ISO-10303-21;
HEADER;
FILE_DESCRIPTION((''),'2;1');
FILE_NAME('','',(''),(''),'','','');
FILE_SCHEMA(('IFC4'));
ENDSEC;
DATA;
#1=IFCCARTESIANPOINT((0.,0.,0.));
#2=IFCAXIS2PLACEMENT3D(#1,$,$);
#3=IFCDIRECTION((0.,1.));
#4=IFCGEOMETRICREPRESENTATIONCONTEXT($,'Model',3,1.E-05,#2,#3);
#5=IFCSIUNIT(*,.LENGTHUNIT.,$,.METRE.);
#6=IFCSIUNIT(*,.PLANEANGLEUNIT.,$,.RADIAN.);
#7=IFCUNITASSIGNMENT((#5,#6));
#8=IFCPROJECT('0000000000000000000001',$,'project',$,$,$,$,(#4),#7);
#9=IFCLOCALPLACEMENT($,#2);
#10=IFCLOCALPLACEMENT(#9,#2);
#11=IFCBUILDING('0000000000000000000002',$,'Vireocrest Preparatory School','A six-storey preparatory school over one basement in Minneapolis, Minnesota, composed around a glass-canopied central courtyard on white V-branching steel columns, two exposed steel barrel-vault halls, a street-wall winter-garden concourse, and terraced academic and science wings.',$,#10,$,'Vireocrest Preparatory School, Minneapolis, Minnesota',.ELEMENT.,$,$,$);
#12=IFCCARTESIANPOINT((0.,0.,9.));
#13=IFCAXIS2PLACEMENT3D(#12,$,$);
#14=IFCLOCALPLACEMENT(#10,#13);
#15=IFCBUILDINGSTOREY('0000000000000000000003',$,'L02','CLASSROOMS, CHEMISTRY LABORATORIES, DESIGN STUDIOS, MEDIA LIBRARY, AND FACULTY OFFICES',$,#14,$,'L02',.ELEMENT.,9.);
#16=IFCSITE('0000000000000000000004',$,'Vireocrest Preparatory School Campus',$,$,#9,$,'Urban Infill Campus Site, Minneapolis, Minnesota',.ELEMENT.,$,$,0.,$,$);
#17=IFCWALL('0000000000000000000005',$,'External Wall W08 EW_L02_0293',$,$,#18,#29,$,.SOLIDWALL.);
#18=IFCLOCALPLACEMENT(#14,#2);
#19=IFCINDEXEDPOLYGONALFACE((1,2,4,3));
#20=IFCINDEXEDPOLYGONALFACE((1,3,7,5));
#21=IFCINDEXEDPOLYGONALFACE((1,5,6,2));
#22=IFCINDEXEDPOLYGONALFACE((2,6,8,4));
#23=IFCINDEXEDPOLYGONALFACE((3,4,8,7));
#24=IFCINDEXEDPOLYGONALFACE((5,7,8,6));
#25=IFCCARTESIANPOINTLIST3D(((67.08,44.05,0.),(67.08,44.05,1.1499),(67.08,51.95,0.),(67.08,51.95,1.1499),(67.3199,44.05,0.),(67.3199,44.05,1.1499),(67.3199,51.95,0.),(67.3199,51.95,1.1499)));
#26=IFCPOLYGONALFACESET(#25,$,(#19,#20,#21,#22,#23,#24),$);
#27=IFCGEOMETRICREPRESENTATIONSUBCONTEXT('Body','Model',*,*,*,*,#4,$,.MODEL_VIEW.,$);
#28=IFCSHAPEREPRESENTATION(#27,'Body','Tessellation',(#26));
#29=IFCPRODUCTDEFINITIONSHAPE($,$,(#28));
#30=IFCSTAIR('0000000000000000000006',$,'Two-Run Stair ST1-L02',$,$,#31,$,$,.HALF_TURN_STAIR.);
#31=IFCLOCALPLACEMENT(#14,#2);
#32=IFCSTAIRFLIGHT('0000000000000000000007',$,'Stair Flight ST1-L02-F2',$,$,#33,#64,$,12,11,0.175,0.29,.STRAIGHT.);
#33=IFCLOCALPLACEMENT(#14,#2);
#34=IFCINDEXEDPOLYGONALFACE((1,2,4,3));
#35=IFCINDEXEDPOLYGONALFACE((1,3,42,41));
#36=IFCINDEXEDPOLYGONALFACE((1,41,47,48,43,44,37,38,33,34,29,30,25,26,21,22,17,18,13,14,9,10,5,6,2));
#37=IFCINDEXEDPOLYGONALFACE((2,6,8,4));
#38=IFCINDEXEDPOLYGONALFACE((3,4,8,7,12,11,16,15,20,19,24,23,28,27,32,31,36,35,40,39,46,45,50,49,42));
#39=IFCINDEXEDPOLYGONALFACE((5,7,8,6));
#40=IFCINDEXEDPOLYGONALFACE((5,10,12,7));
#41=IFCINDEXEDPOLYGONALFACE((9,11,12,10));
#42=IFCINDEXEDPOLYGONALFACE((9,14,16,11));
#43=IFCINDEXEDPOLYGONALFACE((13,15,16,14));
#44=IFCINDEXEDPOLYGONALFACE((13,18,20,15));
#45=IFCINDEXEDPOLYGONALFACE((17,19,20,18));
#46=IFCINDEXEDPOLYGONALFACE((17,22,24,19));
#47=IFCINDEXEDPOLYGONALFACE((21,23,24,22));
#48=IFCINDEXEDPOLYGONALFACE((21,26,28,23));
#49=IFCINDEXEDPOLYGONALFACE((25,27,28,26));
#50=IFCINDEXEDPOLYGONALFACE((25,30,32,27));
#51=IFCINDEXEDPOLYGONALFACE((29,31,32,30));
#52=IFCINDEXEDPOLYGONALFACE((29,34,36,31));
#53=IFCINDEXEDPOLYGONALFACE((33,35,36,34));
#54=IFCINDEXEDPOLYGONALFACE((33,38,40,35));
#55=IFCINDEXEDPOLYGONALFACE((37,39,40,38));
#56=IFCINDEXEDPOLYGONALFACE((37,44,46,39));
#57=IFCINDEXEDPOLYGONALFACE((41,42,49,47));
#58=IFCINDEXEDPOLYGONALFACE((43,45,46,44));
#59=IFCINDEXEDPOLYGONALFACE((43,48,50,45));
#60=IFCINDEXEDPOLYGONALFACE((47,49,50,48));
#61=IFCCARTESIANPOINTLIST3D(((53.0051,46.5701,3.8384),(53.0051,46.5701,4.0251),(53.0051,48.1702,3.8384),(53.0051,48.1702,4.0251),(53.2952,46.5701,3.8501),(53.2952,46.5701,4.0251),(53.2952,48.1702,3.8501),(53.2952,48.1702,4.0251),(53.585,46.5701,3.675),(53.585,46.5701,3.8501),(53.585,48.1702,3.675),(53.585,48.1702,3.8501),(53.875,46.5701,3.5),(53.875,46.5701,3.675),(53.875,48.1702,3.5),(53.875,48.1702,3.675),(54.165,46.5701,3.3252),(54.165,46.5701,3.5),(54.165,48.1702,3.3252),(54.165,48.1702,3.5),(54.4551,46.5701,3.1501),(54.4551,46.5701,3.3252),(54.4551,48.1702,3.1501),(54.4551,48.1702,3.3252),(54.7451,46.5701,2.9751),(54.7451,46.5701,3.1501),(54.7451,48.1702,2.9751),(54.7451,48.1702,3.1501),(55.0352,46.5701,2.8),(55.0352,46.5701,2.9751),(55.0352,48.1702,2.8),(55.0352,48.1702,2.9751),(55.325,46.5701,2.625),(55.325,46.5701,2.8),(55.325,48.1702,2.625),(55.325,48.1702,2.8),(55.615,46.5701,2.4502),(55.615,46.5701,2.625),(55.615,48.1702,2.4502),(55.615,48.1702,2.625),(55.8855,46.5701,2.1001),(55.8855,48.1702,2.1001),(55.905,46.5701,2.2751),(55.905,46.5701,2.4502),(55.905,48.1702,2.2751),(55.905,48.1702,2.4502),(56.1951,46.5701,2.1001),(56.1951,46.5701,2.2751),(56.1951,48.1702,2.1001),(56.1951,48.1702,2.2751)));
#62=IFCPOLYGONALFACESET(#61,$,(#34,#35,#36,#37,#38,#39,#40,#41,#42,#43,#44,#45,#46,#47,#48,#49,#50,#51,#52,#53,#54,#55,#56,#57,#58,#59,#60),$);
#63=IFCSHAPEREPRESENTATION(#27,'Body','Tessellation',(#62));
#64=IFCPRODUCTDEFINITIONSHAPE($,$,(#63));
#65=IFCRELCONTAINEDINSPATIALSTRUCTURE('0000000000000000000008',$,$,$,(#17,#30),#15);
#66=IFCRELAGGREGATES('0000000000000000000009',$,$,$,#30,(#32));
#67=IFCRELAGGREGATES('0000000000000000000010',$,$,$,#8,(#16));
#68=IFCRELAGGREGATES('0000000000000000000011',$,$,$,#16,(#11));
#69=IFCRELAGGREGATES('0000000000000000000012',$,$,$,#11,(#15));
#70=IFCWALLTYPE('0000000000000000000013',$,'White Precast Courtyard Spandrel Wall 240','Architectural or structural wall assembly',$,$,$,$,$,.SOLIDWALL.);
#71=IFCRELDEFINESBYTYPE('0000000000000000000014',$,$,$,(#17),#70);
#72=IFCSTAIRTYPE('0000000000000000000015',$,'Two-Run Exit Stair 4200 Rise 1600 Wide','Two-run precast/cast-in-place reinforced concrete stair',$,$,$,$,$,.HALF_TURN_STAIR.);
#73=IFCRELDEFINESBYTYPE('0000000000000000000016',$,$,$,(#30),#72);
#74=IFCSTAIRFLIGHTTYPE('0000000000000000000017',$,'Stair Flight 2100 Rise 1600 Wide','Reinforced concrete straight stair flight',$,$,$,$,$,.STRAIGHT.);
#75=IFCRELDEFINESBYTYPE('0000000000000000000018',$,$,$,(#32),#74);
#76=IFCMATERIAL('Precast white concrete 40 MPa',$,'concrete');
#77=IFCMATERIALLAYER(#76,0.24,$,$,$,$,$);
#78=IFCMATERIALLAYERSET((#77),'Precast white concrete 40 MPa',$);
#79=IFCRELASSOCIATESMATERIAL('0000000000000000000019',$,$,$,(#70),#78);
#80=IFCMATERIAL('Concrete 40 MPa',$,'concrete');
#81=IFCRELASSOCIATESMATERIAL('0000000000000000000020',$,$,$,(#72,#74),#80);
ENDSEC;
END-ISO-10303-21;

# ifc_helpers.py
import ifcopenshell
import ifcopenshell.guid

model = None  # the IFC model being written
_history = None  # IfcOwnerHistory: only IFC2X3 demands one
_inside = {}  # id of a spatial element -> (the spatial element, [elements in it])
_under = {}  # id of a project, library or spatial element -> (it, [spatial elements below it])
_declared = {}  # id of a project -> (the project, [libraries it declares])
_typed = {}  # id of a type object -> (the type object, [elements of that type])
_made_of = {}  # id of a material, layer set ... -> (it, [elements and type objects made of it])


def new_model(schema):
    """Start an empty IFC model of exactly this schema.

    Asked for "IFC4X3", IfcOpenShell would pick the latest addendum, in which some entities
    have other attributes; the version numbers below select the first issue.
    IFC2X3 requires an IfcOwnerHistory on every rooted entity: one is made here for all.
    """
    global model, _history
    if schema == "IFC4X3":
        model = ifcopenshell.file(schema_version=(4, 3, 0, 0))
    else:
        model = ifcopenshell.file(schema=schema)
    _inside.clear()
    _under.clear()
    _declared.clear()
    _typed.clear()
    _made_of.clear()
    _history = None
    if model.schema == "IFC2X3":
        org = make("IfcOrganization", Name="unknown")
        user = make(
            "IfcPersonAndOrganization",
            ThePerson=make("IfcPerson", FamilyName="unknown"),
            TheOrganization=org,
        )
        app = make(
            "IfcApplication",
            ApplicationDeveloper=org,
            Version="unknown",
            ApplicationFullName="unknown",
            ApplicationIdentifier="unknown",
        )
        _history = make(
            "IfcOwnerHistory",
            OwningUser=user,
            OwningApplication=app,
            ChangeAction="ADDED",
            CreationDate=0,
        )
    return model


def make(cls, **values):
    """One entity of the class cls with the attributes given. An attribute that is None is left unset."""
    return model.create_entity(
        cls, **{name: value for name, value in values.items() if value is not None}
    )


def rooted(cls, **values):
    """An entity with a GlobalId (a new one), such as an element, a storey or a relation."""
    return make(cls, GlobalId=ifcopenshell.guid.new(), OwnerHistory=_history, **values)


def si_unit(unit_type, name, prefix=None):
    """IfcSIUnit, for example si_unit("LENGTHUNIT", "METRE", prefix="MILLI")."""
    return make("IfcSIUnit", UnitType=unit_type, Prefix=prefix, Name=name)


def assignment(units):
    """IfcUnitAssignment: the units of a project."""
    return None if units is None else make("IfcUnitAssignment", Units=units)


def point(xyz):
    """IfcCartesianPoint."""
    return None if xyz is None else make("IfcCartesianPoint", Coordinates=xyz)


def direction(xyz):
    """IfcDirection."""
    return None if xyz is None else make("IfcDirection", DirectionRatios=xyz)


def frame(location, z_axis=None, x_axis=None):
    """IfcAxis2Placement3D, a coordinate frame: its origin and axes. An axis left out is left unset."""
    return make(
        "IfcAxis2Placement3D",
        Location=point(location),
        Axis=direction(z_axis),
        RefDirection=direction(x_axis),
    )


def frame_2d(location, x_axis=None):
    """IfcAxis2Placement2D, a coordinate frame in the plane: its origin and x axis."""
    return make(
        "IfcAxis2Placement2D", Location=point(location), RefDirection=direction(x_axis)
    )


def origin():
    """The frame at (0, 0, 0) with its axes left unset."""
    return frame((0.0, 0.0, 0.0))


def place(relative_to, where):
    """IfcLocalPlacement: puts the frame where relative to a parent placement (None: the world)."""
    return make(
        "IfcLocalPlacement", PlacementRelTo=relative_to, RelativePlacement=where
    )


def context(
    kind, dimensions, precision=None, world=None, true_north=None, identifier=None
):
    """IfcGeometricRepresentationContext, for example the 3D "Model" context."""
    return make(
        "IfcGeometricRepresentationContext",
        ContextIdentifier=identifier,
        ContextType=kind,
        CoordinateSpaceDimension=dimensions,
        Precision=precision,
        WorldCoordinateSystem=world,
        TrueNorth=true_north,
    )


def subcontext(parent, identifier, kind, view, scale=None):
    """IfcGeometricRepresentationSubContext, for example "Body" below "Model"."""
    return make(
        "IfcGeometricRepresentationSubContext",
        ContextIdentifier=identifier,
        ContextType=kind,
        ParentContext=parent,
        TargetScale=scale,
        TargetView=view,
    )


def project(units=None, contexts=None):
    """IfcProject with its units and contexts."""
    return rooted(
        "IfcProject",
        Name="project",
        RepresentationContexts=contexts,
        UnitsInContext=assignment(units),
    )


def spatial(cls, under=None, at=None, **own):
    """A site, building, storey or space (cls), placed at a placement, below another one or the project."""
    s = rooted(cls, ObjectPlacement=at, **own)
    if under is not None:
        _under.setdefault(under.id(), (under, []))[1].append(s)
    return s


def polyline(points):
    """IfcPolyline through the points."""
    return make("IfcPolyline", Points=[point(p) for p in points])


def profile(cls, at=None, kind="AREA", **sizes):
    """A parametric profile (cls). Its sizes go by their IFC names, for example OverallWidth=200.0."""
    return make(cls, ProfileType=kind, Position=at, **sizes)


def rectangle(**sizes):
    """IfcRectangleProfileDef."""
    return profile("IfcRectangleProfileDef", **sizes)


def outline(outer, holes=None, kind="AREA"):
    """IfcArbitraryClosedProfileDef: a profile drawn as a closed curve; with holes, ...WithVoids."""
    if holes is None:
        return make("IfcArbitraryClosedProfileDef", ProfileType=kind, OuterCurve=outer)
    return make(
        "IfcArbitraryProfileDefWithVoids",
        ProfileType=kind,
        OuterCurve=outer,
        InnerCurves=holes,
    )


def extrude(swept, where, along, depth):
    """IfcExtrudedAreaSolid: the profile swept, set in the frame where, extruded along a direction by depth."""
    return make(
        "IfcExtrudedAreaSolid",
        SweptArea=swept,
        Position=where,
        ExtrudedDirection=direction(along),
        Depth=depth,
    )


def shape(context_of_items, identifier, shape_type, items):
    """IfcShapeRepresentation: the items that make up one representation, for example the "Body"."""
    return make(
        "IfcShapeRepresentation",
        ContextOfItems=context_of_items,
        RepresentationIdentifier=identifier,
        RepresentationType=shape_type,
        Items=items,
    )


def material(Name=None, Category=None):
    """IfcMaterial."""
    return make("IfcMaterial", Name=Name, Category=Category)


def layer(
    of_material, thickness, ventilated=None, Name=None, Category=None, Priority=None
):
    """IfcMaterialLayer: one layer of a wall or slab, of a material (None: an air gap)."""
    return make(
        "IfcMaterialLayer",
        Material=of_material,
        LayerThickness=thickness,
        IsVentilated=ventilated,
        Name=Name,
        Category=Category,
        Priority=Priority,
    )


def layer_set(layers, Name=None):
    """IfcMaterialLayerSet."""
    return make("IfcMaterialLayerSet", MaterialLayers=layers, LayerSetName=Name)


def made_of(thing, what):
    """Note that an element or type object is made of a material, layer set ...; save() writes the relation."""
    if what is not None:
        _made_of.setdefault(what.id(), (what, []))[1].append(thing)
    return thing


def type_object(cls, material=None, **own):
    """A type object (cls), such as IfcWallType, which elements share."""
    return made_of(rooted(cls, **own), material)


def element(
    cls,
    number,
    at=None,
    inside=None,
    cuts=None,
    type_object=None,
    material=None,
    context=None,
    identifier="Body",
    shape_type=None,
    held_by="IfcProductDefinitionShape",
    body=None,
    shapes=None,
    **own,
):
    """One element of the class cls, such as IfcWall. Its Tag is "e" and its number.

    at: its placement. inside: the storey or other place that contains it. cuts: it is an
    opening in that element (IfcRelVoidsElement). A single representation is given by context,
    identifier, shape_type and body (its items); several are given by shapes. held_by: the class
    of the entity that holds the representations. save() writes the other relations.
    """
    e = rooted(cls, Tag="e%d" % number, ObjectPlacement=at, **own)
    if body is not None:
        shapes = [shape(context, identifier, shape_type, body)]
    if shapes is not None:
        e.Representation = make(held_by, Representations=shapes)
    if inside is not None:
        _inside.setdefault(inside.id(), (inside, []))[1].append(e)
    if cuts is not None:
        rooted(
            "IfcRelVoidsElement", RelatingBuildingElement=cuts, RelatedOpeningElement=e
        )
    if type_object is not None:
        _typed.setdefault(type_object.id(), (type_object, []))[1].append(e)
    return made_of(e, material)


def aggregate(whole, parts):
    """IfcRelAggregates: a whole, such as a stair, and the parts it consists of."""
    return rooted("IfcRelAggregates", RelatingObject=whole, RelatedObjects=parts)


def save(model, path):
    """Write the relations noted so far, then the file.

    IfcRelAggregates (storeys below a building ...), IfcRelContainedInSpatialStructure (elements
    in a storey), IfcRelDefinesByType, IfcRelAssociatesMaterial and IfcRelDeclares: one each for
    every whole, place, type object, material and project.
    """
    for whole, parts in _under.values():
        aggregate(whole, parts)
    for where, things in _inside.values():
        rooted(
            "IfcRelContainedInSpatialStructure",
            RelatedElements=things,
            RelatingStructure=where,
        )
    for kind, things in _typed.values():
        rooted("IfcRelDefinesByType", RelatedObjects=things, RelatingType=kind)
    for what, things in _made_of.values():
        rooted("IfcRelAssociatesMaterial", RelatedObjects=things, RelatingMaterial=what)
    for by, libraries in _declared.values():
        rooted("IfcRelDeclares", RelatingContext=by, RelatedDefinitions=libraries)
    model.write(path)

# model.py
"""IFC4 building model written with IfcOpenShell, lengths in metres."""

from ifc_helpers import new_model, si_unit, direction, frame, frame_2d, origin, place, context, subcontext, project, spatial, polyline, rectangle, outline, extrude, material, layer, layer_set, type_object, element, aggregate, save


model = new_model("IFC4")

# Units and contexts
model_context = context("Model", 3, precision=1e-05, world=origin(), true_north=direction((0.0, 1.0)))
body_context = subcontext(model_context, "Body", "Model", "MODEL_VIEW")
ifc_project = project(units=[si_unit("LENGTHUNIT", "METRE"), si_unit("PLANEANGLEUNIT", "RADIAN")], contexts=[model_context])

# Site, building, storey
site_placement = place(None, origin())
site = spatial("IfcSite", under=ifc_project, at=site_placement, Name="Vireocrest Preparatory School Campus", LongName="Urban Infill Campus Site, Minneapolis, Minnesota", CompositionType="ELEMENT", RefElevation=0.0)
building_placement = place(site_placement, origin())
building = spatial("IfcBuilding", under=site, at=building_placement, Name="Vireocrest Preparatory School", Description="A six-storey preparatory school over one basement in Minneapolis, Minnesota, composed around a glass-canopied central courtyard on white V-branching steel columns, two exposed steel barrel-vault halls, a street-wall winter-garden concourse, and terraced academic and science wings.", LongName="Vireocrest Preparatory School, Minneapolis, Minnesota", CompositionType="ELEMENT")
storey_placement = place(building_placement, frame((0.0, 0.0, 9.0)))
storey = spatial("IfcBuildingStorey", under=building, at=storey_placement, Name="L02", Description="CLASSROOMS, CHEMISTRY LABORATORIES, DESIGN STUDIOS, MEDIA LIBRARY, AND FACULTY OFFICES", LongName="L02", CompositionType="ELEMENT", Elevation=9.0)

# Shared definitions
ifc_material_1 = material(Name="Concrete 40 MPa", Category="concrete")

# Wall
ifc_material_2 = material(Name="Precast white concrete 40 MPa", Category="concrete")
ifc_layer_1 = layer(ifc_material_2, 0.24)
ifc_layer_set_1 = layer_set([ifc_layer_1], Name="Precast white concrete 40 MPa")
wall_type_1 = type_object("IfcWallType", Name="White Precast Courtyard Spandrel Wall 240", Description="Architectural or structural wall assembly", PredefinedType="SOLIDWALL", material=ifc_layer_set_1)
wall_1_placement = place(storey_placement, frame((67.2, 44.05, 0.0), z_axis=(0.0, 0.0, 1.0), x_axis=(0.0, 1.0, 0.0)))
element("IfcWall", 1, at=wall_1_placement, inside=storey, type_object=wall_type_1, Name="External Wall W08 EW_L02_0293", PredefinedType="SOLIDWALL", context=body_context, shape_type="SweptSolid", body=[
    extrude(rectangle(XDim=7.8999, YDim=0.24, at=frame_2d((3.95, 0.0))), origin(), (0.0, 0.0, 1.0), 1.1499),
])

# Stair, stair flight
stair_type = type_object("IfcStairType", Name="Two-Run Exit Stair 4200 Rise 1600 Wide", Description="Two-run precast/cast-in-place reinforced concrete stair", PredefinedType="HALF_TURN_STAIR", material=ifc_material_1)
stair_placement = place(storey_placement, origin())
stair = element("IfcStair", 2, at=stair_placement, inside=storey, type_object=stair_type, Name="Two-Run Stair ST1-L02", PredefinedType="HALF_TURN_STAIR")
stair_flight_type = type_object("IfcStairFlightType", Name="Stair Flight 2100 Rise 1600 Wide", Description="Reinforced concrete straight stair flight", PredefinedType="STRAIGHT", material=ifc_material_1)
stair_flight_placement = place(storey_placement, frame((56.1951, 47.3701, 2.1001), z_axis=(0.0, 0.0, 1.0), x_axis=(-1.0, 0.0, 0.0)))
stair_flight = element("IfcStairFlight", 3, at=stair_flight_placement, type_object=stair_flight_type, Name="Stair Flight ST1-L02-F2", NumberOfRisers=12, NumberOfTreads=11, PredefinedType="STRAIGHT", RiserHeight=0.175, TreadLength=0.29, context=body_context, shape_type="SweptSolid", body=[
    extrude(outline(polyline([(0.0, 0.0), (0.0, 0.175), (0.29, 0.175), (0.29, 0.3501), (0.5801, 0.3501), (0.5801, 0.5249), (0.8701, 0.5249), (0.8701, 0.7), (1.1599, 0.7), (1.1599, 0.875), (1.45, 0.875), (1.45, 1.05), (1.74, 1.05), (1.74, 1.2251), (2.03, 1.2251), (2.03, 1.3999), (2.3201, 1.3999), (2.3201, 1.575), (2.6101, 1.575), (2.6101, 1.75), (2.8999, 1.75), (2.8999, 1.925), (3.1899, 1.925), (3.1899, 2.1001), (3.1899, 1.7383), (0.3096, 0.0), (0.0, 0.0)])), frame((0.0, 0.8, 0.0), z_axis=(0.0, -1.0, 0.0), x_axis=(1.0, 0.0, 0.0)), (0.0, 0.0, 1.0), 1.6001),
])
aggregate(stair, [stair_flight])

save(model, "model.ifc")
